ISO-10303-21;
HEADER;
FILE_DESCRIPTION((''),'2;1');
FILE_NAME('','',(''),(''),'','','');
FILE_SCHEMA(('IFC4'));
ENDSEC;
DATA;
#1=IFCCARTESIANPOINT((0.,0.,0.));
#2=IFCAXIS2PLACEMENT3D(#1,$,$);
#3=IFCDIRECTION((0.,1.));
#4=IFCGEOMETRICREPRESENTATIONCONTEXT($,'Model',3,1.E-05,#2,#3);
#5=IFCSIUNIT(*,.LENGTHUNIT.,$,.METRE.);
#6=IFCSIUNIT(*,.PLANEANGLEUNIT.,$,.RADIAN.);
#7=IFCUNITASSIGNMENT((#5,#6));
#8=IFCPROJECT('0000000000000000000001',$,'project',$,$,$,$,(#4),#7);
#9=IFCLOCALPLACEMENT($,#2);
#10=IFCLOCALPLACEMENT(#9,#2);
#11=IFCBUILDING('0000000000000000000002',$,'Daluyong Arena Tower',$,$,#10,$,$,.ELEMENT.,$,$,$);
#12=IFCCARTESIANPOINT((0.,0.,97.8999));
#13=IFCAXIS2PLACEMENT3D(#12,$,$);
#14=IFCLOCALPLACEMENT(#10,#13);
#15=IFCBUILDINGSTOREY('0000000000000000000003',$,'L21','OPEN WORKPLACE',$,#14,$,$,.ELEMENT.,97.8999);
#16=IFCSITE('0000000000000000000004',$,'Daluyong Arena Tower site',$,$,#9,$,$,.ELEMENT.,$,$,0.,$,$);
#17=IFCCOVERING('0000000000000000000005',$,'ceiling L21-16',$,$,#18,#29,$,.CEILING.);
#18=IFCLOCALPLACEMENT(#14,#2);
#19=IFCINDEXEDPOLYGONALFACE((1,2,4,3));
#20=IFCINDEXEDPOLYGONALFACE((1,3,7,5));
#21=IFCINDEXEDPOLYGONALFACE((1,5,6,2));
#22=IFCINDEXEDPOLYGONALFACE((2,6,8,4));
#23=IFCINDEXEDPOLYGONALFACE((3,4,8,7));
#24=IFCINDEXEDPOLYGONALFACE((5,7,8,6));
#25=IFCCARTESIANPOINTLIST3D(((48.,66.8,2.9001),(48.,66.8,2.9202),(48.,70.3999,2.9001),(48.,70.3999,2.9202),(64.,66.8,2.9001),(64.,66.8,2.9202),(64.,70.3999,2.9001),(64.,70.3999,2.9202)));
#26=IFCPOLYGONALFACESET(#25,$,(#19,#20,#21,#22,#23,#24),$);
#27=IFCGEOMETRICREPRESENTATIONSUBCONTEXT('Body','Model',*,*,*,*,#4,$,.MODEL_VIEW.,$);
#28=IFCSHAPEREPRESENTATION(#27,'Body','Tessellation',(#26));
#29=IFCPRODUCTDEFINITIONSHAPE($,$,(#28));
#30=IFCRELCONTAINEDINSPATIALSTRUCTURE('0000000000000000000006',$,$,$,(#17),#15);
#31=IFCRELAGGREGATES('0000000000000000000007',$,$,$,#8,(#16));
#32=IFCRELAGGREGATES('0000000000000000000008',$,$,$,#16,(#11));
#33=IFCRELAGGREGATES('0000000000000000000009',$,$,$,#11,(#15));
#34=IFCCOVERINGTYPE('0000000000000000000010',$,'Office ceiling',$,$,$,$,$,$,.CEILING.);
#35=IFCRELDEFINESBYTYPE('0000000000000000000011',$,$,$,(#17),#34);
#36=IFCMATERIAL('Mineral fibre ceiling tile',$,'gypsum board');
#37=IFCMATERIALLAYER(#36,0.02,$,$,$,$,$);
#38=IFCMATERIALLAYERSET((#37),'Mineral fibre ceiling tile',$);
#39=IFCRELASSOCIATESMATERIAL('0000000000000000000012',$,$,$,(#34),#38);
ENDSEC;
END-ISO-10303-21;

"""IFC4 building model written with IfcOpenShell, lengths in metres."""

from ifc_helpers import new_model, si_unit, direction, frame, origin, place, context, subcontext, project, spatial, polyline, outline, extrude, material, layer, layer_set, type_object, element, save


model = new_model("IFC4")

# Units and contexts
model_context = context("Model", 3, precision=1e-05, world=origin(), true_north=direction((0.0, 1.0)))
body_context = subcontext(model_context, "Body", "Model", "MODEL_VIEW")
ifc_project = project(units=[si_unit("LENGTHUNIT", "METRE"), si_unit("PLANEANGLEUNIT", "RADIAN")], contexts=[model_context])

# Site, building, storey
site_placement = place(None, origin())
site = spatial("IfcSite", under=ifc_project, at=site_placement, Name="Daluyong Arena Tower site", CompositionType="ELEMENT", RefElevation=0.0)
building_placement = place(site_placement, origin())
building = spatial("IfcBuilding", under=site, at=building_placement, Name="Daluyong Arena Tower", CompositionType="ELEMENT")
storey_placement = place(building_placement, frame((0.0, 0.0, 97.8999)))
storey = spatial("IfcBuildingStorey", under=building, at=storey_placement, Name="L21", Description="OPEN WORKPLACE", CompositionType="ELEMENT", Elevation=97.8999)

# Covering
ifc_material_1 = material(Name="Mineral fibre ceiling tile", Category="gypsum board")
ifc_layer_1 = layer(ifc_material_1, 0.02)
ifc_layer_set_1 = layer_set([ifc_layer_1], Name="Mineral fibre ceiling tile")
covering_type = type_object("IfcCoveringType", Name="Office ceiling", PredefinedType="CEILING", material=ifc_layer_set_1)
covering_1_placement = place(storey_placement, frame((0.0, 0.0, 2.9001)))
element("IfcCovering", 1, at=covering_1_placement, inside=storey, type_object=covering_type, Name="ceiling L21-16", PredefinedType="CEILING", context=body_context, shape_type="SweptSolid", body=[
    extrude(outline(polyline([(48.0, 66.8), (64.0, 66.8), (64.0, 70.3999), (48.0, 70.3999), (48.0, 66.8)])), origin(), (0.0, 0.0, 1.0), 0.02),
])

save(model, "model.ifc")
